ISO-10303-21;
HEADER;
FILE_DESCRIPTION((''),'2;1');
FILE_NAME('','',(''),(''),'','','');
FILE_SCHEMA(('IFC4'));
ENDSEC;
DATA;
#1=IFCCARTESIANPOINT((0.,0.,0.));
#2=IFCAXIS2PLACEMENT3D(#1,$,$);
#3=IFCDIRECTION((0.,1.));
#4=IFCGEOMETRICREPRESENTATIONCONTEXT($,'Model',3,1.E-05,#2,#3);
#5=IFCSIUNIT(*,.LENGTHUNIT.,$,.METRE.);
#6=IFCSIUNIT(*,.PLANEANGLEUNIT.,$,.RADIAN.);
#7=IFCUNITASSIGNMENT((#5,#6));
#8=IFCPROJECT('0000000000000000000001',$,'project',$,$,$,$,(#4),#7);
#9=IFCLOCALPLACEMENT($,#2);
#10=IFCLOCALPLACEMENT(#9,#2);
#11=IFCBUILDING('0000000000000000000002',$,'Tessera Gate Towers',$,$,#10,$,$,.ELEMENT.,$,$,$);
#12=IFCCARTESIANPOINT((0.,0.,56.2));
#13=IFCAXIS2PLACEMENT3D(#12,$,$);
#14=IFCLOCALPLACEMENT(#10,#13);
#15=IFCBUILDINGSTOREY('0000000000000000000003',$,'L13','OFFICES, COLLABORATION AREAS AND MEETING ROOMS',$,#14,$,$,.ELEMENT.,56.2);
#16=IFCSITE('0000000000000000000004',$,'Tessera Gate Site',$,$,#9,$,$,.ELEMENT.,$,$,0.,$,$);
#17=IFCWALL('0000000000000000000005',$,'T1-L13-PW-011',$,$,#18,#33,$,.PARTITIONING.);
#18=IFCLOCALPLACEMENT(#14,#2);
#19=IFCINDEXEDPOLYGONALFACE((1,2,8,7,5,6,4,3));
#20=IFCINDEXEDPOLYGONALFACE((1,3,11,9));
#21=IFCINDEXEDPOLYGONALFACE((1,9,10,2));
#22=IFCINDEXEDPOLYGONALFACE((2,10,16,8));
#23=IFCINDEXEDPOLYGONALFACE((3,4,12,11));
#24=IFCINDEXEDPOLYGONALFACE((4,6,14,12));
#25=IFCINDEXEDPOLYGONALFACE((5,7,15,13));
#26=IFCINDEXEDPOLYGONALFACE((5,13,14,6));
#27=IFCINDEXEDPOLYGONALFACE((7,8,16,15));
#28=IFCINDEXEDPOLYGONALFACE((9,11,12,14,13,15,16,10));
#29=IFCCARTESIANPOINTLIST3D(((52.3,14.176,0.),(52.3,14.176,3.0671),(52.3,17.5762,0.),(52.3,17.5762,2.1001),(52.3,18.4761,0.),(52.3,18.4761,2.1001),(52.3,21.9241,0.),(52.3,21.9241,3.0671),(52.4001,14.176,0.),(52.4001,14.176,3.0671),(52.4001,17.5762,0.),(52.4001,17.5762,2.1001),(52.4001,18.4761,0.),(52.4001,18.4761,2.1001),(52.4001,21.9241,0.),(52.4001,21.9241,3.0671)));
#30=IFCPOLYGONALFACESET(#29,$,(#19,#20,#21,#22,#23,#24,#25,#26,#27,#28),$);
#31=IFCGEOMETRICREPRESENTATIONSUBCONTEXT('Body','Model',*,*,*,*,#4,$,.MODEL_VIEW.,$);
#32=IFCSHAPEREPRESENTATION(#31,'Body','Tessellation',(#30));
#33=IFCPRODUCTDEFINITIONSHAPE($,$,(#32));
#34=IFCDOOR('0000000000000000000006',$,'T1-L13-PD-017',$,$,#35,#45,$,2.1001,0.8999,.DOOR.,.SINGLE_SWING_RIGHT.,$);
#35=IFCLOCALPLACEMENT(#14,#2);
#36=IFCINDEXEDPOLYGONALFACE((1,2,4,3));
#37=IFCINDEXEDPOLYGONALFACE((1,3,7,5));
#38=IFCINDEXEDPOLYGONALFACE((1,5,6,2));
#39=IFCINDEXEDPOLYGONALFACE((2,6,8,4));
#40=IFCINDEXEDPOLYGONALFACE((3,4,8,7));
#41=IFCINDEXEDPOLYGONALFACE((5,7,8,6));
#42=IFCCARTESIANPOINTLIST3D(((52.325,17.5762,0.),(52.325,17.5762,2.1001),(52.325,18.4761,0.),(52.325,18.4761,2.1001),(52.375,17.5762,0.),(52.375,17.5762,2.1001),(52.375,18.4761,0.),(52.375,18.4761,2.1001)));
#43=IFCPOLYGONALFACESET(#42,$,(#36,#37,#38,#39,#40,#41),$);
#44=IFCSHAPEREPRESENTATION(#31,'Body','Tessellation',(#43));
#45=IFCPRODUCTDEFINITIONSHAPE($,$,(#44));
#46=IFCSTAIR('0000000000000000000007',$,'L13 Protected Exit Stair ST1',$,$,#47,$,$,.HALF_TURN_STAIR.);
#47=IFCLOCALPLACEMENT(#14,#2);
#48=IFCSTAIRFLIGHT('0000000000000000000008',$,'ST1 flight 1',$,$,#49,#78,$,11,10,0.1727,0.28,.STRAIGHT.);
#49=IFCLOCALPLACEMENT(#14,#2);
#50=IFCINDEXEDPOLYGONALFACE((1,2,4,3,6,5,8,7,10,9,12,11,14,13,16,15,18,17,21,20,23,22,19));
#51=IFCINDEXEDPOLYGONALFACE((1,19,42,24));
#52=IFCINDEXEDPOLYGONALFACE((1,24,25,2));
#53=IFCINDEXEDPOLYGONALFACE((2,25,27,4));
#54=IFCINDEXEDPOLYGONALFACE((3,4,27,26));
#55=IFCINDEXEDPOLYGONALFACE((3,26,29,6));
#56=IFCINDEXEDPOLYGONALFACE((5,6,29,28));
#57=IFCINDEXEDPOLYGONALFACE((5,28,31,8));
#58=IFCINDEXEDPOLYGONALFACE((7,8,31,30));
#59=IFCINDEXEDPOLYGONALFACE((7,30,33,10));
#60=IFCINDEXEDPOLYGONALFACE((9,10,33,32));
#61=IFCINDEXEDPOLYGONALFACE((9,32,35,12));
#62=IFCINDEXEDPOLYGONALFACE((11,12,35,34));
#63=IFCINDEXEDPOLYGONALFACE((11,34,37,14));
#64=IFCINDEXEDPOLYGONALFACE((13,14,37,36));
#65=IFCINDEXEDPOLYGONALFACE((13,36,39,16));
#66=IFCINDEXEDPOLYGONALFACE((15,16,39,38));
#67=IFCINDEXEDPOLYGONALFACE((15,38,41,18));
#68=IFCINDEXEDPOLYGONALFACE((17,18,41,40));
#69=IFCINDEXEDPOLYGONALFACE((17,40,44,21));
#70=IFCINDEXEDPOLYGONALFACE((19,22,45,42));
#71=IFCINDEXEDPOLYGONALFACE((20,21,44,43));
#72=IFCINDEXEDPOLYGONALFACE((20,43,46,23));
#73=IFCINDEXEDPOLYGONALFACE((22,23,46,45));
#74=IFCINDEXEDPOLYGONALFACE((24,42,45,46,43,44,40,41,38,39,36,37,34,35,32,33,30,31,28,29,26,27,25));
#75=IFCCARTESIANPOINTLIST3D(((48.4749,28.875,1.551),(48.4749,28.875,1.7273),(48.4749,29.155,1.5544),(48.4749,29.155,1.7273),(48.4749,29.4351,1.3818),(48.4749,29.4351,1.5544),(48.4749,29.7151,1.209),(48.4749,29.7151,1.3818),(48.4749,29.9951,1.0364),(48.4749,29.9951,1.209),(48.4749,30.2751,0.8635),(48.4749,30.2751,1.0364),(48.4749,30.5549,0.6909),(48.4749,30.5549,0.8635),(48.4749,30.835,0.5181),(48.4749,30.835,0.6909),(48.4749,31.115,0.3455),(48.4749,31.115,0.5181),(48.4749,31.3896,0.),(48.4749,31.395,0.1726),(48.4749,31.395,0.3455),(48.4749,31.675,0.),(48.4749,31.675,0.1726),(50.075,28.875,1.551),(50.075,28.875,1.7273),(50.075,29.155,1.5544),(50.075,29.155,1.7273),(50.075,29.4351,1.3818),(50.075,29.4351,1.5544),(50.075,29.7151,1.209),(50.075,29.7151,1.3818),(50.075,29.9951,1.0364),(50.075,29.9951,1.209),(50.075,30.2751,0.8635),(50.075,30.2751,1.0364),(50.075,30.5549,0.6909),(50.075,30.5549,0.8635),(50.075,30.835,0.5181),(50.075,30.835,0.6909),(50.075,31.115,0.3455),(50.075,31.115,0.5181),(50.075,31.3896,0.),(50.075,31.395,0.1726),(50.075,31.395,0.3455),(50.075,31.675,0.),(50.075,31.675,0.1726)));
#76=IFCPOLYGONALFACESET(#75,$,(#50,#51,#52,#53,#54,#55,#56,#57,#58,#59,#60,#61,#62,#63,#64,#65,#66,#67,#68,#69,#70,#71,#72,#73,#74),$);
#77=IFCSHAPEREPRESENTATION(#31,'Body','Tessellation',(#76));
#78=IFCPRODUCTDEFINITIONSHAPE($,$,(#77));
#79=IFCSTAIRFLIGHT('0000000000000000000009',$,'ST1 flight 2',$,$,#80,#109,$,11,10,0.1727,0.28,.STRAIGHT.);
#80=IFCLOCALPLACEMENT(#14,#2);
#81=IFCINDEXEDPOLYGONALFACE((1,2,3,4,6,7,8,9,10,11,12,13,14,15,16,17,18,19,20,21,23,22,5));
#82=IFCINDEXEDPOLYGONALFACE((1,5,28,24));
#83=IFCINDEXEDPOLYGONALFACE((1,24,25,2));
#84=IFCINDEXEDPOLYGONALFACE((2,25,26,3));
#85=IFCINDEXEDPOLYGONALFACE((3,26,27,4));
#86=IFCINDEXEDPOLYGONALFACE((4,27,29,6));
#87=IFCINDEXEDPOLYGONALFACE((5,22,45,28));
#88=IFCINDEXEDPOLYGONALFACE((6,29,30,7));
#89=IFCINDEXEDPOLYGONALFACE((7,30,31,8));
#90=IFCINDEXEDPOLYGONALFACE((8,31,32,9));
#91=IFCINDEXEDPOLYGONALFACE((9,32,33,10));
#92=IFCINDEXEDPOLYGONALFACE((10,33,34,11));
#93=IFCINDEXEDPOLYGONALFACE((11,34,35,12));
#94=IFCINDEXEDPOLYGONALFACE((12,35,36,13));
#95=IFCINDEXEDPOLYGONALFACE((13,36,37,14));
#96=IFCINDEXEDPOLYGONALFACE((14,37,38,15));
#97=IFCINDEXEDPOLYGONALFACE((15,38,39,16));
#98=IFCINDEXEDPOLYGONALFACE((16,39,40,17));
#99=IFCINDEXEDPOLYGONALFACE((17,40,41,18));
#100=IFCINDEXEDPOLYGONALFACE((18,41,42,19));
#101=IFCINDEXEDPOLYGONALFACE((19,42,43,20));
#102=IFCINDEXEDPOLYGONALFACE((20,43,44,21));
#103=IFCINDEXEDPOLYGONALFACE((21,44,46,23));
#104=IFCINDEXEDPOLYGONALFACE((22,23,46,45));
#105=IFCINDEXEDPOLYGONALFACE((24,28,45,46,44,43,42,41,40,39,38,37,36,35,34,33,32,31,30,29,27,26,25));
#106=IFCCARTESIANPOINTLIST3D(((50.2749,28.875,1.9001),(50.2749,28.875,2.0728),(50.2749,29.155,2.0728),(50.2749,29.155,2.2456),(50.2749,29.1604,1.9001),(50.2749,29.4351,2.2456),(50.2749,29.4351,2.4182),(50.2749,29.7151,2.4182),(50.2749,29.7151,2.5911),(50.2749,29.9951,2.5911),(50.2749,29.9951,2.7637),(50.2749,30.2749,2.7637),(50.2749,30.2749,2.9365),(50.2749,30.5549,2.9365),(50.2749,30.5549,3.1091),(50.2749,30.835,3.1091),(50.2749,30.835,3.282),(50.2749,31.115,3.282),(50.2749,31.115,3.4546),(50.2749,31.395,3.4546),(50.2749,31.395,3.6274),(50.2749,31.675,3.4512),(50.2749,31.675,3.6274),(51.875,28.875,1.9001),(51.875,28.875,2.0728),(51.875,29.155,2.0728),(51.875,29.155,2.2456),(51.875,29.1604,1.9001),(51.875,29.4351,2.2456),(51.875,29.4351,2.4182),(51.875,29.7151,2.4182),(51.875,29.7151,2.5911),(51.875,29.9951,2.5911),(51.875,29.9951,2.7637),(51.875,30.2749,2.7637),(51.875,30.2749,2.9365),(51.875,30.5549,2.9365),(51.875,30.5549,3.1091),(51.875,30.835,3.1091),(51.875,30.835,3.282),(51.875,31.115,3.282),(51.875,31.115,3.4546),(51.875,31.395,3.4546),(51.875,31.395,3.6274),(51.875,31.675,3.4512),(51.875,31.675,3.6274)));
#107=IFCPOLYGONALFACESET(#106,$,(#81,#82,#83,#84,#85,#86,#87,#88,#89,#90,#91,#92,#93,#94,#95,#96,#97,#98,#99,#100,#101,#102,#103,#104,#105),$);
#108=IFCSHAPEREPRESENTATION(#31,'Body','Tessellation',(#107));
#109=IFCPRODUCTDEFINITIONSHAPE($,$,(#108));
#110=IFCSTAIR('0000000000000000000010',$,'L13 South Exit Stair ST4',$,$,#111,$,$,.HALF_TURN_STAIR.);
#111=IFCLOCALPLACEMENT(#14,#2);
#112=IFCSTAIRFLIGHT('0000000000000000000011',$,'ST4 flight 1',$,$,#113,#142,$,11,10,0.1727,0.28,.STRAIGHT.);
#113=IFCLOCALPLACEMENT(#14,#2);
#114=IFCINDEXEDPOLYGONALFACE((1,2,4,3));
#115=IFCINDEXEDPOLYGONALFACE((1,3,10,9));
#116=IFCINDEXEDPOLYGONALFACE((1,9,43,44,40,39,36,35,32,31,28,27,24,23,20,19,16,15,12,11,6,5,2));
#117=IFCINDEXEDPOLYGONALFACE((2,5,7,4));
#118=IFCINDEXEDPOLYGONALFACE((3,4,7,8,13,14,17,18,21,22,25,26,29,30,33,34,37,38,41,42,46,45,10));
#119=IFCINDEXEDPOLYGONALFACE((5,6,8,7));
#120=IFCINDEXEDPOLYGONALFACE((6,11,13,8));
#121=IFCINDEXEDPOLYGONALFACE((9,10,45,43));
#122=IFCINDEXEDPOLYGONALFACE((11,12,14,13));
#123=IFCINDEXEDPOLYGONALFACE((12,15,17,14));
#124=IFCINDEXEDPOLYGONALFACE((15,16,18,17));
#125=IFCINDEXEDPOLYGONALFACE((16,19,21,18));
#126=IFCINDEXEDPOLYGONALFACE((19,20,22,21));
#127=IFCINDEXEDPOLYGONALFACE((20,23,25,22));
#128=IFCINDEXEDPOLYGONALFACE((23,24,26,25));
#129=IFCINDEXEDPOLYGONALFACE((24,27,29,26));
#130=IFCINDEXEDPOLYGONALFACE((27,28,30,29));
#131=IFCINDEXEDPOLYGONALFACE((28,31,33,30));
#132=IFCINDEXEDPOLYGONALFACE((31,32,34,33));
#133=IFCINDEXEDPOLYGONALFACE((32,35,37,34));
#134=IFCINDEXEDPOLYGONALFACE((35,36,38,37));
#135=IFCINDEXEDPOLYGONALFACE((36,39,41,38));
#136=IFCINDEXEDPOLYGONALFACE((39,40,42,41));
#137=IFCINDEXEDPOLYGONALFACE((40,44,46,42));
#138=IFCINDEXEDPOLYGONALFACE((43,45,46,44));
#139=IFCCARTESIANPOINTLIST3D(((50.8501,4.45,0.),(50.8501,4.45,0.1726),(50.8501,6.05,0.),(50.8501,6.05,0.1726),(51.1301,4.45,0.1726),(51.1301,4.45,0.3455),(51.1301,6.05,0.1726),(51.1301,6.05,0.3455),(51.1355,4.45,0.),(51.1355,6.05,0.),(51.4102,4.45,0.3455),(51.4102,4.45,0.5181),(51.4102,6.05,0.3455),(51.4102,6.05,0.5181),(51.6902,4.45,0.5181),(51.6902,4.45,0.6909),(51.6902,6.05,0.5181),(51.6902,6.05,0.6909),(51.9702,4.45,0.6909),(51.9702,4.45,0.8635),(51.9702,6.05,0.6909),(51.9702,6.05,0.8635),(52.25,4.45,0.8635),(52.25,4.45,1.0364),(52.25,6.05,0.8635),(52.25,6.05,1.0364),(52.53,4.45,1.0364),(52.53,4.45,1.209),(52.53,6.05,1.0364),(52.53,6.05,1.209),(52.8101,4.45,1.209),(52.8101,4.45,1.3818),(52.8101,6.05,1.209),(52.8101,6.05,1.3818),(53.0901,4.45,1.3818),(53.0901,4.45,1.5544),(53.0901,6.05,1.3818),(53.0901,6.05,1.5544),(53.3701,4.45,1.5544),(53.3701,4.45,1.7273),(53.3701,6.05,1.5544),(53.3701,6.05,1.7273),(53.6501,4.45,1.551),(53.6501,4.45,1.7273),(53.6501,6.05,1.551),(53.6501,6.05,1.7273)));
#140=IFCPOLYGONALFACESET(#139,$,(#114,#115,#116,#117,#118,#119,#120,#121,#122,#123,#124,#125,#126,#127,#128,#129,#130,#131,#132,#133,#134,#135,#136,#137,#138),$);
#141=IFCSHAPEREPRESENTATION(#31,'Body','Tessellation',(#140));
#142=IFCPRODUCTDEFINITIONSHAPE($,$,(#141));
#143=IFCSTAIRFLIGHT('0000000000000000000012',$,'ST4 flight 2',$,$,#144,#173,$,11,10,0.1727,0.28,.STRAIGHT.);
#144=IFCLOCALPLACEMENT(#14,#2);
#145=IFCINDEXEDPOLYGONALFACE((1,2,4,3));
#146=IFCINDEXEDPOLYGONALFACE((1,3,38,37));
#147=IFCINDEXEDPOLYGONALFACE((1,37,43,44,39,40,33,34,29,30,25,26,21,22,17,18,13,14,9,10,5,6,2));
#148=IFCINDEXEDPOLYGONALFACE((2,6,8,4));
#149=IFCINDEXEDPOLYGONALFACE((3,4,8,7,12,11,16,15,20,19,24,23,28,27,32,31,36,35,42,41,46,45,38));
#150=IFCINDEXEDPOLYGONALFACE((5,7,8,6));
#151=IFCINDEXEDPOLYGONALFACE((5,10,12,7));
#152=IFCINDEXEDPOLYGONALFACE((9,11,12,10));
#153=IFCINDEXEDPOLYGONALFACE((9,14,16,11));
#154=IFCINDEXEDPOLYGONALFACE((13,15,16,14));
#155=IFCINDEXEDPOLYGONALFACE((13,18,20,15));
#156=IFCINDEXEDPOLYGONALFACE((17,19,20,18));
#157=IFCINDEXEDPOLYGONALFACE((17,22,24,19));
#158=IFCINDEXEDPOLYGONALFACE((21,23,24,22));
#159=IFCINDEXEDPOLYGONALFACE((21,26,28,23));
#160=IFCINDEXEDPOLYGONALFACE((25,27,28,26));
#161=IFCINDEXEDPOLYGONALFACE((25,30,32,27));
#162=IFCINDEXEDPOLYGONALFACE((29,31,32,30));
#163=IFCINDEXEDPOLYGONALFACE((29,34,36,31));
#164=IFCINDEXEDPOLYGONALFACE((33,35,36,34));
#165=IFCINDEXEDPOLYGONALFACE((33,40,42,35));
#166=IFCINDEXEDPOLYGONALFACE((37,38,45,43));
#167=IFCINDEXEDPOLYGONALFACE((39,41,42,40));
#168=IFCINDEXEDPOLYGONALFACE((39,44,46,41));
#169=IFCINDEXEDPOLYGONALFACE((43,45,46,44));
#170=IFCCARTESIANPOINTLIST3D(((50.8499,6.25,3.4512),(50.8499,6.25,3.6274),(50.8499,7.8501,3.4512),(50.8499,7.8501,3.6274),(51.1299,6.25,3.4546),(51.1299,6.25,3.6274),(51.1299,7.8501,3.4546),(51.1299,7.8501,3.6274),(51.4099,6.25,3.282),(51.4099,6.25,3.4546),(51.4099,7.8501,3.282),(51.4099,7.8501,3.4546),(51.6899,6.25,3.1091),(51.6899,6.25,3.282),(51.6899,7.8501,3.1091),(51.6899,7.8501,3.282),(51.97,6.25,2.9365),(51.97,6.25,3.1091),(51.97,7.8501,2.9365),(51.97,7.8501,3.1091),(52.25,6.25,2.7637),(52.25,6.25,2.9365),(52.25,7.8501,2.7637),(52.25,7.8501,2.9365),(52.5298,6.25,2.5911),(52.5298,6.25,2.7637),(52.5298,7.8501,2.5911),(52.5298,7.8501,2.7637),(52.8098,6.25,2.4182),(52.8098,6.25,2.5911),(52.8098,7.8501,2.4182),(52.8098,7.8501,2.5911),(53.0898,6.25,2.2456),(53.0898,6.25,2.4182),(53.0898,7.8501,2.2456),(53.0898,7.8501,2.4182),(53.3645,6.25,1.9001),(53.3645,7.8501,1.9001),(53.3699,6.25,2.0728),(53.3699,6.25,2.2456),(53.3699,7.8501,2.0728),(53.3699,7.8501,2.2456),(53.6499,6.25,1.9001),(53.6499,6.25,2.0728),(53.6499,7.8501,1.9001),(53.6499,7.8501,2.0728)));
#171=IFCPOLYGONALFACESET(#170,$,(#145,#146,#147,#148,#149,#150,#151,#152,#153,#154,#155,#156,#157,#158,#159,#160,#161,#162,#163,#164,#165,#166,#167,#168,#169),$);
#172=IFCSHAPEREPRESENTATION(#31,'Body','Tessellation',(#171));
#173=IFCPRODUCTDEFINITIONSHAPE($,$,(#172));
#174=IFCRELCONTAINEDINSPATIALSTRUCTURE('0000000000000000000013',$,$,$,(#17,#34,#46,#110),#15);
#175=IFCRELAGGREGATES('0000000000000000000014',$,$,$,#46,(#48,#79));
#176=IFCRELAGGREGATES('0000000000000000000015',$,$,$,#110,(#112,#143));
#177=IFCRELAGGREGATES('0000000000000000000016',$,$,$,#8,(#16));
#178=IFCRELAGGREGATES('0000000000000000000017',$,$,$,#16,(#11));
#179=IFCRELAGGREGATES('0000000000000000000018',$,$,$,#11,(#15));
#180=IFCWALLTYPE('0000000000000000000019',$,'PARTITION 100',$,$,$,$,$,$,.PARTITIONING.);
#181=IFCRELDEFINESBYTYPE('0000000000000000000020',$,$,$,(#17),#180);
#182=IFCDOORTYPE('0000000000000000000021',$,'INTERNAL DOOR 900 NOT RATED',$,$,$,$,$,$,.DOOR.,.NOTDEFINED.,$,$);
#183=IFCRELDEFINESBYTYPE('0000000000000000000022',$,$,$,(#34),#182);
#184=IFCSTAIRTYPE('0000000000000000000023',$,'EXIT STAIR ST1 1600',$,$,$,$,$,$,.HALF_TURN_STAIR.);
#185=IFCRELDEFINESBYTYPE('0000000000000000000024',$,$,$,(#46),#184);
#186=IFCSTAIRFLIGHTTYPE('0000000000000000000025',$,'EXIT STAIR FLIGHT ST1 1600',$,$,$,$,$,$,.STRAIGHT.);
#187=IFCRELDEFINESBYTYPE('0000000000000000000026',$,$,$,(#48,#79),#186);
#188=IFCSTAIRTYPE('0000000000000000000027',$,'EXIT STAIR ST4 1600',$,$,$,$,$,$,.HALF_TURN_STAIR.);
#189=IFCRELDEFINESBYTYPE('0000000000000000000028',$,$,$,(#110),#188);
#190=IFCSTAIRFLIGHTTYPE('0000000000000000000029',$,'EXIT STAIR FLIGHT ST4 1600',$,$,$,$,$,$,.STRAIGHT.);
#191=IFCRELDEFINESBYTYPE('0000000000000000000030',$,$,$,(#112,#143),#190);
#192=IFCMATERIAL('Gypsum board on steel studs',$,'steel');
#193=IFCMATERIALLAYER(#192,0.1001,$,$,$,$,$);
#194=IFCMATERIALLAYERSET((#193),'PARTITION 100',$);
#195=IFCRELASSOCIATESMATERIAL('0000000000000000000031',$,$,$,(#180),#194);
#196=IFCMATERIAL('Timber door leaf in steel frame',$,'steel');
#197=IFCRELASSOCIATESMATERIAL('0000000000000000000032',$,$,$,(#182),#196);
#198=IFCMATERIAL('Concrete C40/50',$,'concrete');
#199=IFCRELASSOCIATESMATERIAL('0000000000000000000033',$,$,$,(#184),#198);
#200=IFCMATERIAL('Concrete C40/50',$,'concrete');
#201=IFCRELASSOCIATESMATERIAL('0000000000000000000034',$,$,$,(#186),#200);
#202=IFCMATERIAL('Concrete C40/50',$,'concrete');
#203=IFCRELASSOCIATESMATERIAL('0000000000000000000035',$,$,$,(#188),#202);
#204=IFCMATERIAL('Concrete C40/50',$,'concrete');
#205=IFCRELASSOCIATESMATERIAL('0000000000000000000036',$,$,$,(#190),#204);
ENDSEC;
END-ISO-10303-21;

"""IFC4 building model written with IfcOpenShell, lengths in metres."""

from ifc_helpers import new_model, si_unit, direction, frame, frame_2d, origin, place, context, subcontext, project, spatial, polyline, rectangle, outline, extrude, source, transform, mapped, material, layer, layer_set, type_object, element, fill, aggregate, save


model = new_model("IFC4")

# Units and contexts
model_context = context("Model", 3, precision=1e-05, world=origin(), true_north=direction((0.0, 1.0)))
body_context = subcontext(model_context, "Body", "Model", "MODEL_VIEW")
ifc_project = project(units=[si_unit("LENGTHUNIT", "METRE"), si_unit("PLANEANGLEUNIT", "RADIAN")], contexts=[model_context])

# Site, building, storey
site_placement = place(None, origin())
site = spatial("IfcSite", under=ifc_project, at=site_placement, Name="Tessera Gate Site", CompositionType="ELEMENT", RefElevation=0.0)
building_placement = place(site_placement, origin())
building = spatial("IfcBuilding", under=site, at=building_placement, Name="Tessera Gate Towers", CompositionType="ELEMENT")
storey_placement = place(building_placement, frame((0.0, 0.0, 56.2)))
storey = spatial("IfcBuildingStorey", under=building, at=storey_placement, Name="L13", Description="OFFICES, COLLABORATION AREAS AND MEETING ROOMS", CompositionType="ELEMENT", Elevation=56.2)

# Wall, opening, door
shared_shape_1 = source(origin(), body_context, "Body", "SweptSolid", [
    extrude(rectangle(XDim=0.8999, YDim=2.1001, at=frame_2d((0.45, 1.05))), frame((0.0, 0.0601, 0.0), z_axis=(0.0, -1.0, 0.0), x_axis=(1.0, 0.0, 0.0)), (0.0, 0.0, 1.0), 0.1201),
])
shared_shape_2 = source(origin(), body_context, "Body", "SweptSolid", [
    extrude(rectangle(XDim=0.8999, YDim=2.1001, at=frame_2d((0.45, 1.05))), frame((0.0, 0.0249, 0.0), z_axis=(0.0, -1.0, 0.0), x_axis=(1.0, 0.0, 0.0)), (0.0, 0.0, 1.0), 0.05),
])
ifc_material_1 = material(Name="Gypsum board on steel studs", Category="steel")
ifc_layer_1 = layer(ifc_material_1, 0.1001)
ifc_layer_set_1 = layer_set([ifc_layer_1], Name="PARTITION 100")
wall_type_1 = type_object("IfcWallType", Name="PARTITION 100", PredefinedType="PARTITIONING", material=ifc_layer_set_1)
wall_1_placement = place(storey_placement, frame((52.3501, 21.9241, 0.0), z_axis=(0.0, 0.0, 1.0), x_axis=(0.0, -1.0, 0.0)))
wall_1 = element("IfcWall", 1, at=wall_1_placement, inside=storey, type_object=wall_type_1, Name="T1-L13-PW-011", PredefinedType="PARTITIONING", context=body_context, shape_type="SweptSolid", body=[
    extrude(rectangle(XDim=7.748, YDim=0.1001, at=frame_2d((3.874, 0.0))), origin(), (0.0, 0.0, 1.0), 3.0671),
])
opening_1_placement = place(wall_1_placement, frame((3.448, 0.0, 0.0)))
opening_1 = element("IfcOpeningElement", 2, at=opening_1_placement, cuts=wall_1, PredefinedType="OPENING", context=body_context, shape_type="MappedRepresentation", body=[
    mapped(shared_shape_1, transform((0.0, 0.0, 0.0), scale=1.0)),
])
ifc_material_2 = material(Name="Timber door leaf in steel frame", Category="steel")
door_type_1 = type_object("IfcDoorType", Name="INTERNAL DOOR 900 NOT RATED", OperationType="NOTDEFINED", PredefinedType="DOOR", material=ifc_material_2)
door_1_placement = place(opening_1_placement, origin())
door_1 = element("IfcDoor", 3, at=door_1_placement, inside=storey, type_object=door_type_1, Name="T1-L13-PD-017", OperationType="SINGLE_SWING_RIGHT", OverallHeight=2.1001, OverallWidth=0.8999, PredefinedType="DOOR", context=body_context, shape_type="MappedRepresentation", body=[
    mapped(shared_shape_2, transform((0.0, 0.0, 0.0), scale=1.0)),
])
fill(opening_1, door_1)

# Stairs, stair flights
ifc_material_3 = material(Name="Concrete C40/50", Category="concrete")
stair_type_1 = type_object("IfcStairType", Name="EXIT STAIR ST1 1600", PredefinedType="HALF_TURN_STAIR", material=ifc_material_3)
stair_1_placement = place(storey_placement, origin())
stair_1 = element("IfcStair", 4, at=stair_1_placement, inside=storey, type_object=stair_type_1, Name="L13 Protected Exit Stair ST1", PredefinedType="HALF_TURN_STAIR")
ifc_material_4 = material(Name="Concrete C40/50", Category="concrete")
stair_flight_type_1 = type_object("IfcStairFlightType", Name="EXIT STAIR FLIGHT ST1 1600", PredefinedType="STRAIGHT", material=ifc_material_4)
stair_flight_1_placement = place(storey_placement, frame((49.2749, 31.675, 0.0), z_axis=(0.0, 0.0, 1.0), x_axis=(0.0, -1.0, 0.0)))
stair_flight_1 = element("IfcStairFlight", 5, at=stair_flight_1_placement, type_object=stair_flight_type_1, Name="ST1 flight 1", NumberOfRisers=11, NumberOfTreads=10, PredefinedType="STRAIGHT", RiserHeight=0.1727, TreadLength=0.28, context=body_context, shape_type="SweptSolid", body=[
    extrude(outline(polyline([(0.0, 0.0), (0.0, 0.1726), (0.28, 0.1726), (0.28, 0.3455), (0.5601, 0.3455), (0.5601, 0.5181), (0.8401, 0.5181), (0.8401, 0.6909), (1.1201, 0.6909), (1.1201, 0.8635), (1.3999, 0.8635), (1.3999, 1.0364), (1.6799, 1.0364), (1.6799, 1.209), (1.96, 1.209), (1.96, 1.3818), (2.24, 1.3818), (2.24, 1.5544), (2.52, 1.5544), (2.52, 1.7273), (2.8, 1.7273), (2.8, 1.8999), (2.8, 1.551), (0.2854, 0.0), (0.0, 0.0)])), frame((0.0, 0.8, 0.0), z_axis=(0.0, -1.0, 0.0), x_axis=(1.0, 0.0, 0.0)), (0.0, 0.0, 1.0), 1.6001),
])
stair_flight_2_placement = place(storey_placement, frame((51.075, 28.875, 1.9001), z_axis=(0.0, 0.0, 1.0), x_axis=(0.0, 1.0, 0.0)))
stair_flight_2 = element("IfcStairFlight", 6, at=stair_flight_2_placement, type_object=stair_flight_type_1, Name="ST1 flight 2", NumberOfRisers=11, NumberOfTreads=10, PredefinedType="STRAIGHT", RiserHeight=0.1727, TreadLength=0.28, context=body_context, shape_type="SweptSolid", body=[
    extrude(outline(polyline([(0.0, 0.0), (0.0, 0.1726), (0.28, 0.1726), (0.28, 0.3455), (0.5601, 0.3455), (0.5601, 0.5181), (0.8401, 0.5181), (0.8401, 0.6909), (1.1201, 0.6909), (1.1201, 0.8635), (1.3999, 0.8635), (1.3999, 1.0364), (1.6799, 1.0364), (1.6799, 1.209), (1.96, 1.209), (1.96, 1.3818), (2.24, 1.3818), (2.24, 1.5544), (2.52, 1.5544), (2.52, 1.7273), (2.8, 1.7273), (2.8, 1.8999), (2.8, 1.551), (0.2854, 0.0), (0.0, 0.0)])), frame((0.0, 0.8, 0.0), z_axis=(0.0, -1.0, 0.0), x_axis=(1.0, 0.0, 0.0)), (0.0, 0.0, 1.0), 1.6001),
])
aggregate(stair_1, [stair_flight_1, stair_flight_2])
ifc_material_5 = material(Name="Concrete C40/50", Category="concrete")
stair_type_2 = type_object("IfcStairType", Name="EXIT STAIR ST4 1600", PredefinedType="HALF_TURN_STAIR", material=ifc_material_5)
stair_2_placement = place(storey_placement, origin())
stair_2 = element("IfcStair", 7, at=stair_2_placement, inside=storey, type_object=stair_type_2, Name="L13 South Exit Stair ST4", PredefinedType="HALF_TURN_STAIR")
ifc_material_6 = material(Name="Concrete C40/50", Category="concrete")
stair_flight_type_2 = type_object("IfcStairFlightType", Name="EXIT STAIR FLIGHT ST4 1600", PredefinedType="STRAIGHT", material=ifc_material_6)
stair_flight_3_placement = place(storey_placement, frame((50.8501, 5.25, 0.0), z_axis=(0.0, 0.0, 1.0), x_axis=(1.0, 0.0, 0.0)))
stair_flight_3 = element("IfcStairFlight", 8, at=stair_flight_3_placement, type_object=stair_flight_type_2, Name="ST4 flight 1", NumberOfRisers=11, NumberOfTreads=10, PredefinedType="STRAIGHT", RiserHeight=0.1727, TreadLength=0.28, context=body_context, shape_type="SweptSolid", body=[
    extrude(outline(polyline([(0.0, 0.0), (0.0, 0.1726), (0.28, 0.1726), (0.28, 0.3455), (0.5601, 0.3455), (0.5601, 0.5181), (0.8401, 0.5181), (0.8401, 0.6909), (1.1201, 0.6909), (1.1201, 0.8635), (1.3999, 0.8635), (1.3999, 1.0364), (1.6799, 1.0364), (1.6799, 1.209), (1.96, 1.209), (1.96, 1.3818), (2.24, 1.3818), (2.24, 1.5544), (2.52, 1.5544), (2.52, 1.7273), (2.8, 1.7273), (2.8, 1.8999), (2.8, 1.551), (0.2854, 0.0), (0.0, 0.0)])), frame((0.0, 0.8, 0.0), z_axis=(0.0, -1.0, 0.0), x_axis=(1.0, 0.0, 0.0)), (0.0, 0.0, 1.0), 1.6001),
])
stair_flight_4_placement = place(storey_placement, frame((53.6499, 7.05, 1.9001), z_axis=(0.0, 0.0, 1.0), x_axis=(-1.0, 0.0, 0.0)))
stair_flight_4 = element("IfcStairFlight", 9, at=stair_flight_4_placement, type_object=stair_flight_type_2, Name="ST4 flight 2", NumberOfRisers=11, NumberOfTreads=10, PredefinedType="STRAIGHT", RiserHeight=0.1727, TreadLength=0.28, context=body_context, shape_type="SweptSolid", body=[
    extrude(outline(polyline([(0.0, 0.0), (0.0, 0.1726), (0.28, 0.1726), (0.28, 0.3455), (0.5601, 0.3455), (0.5601, 0.5181), (0.8401, 0.5181), (0.8401, 0.6909), (1.1201, 0.6909), (1.1201, 0.8635), (1.3999, 0.8635), (1.3999, 1.0364), (1.6799, 1.0364), (1.6799, 1.209), (1.96, 1.209), (1.96, 1.3818), (2.24, 1.3818), (2.24, 1.5544), (2.52, 1.5544), (2.52, 1.7273), (2.8, 1.7273), (2.8, 1.8999), (2.8, 1.551), (0.2854, 0.0), (0.0, 0.0)])), frame((0.0, 0.8, 0.0), z_axis=(0.0, -1.0, 0.0), x_axis=(1.0, 0.0, 0.0)), (0.0, 0.0, 1.0), 1.6001),
])
aggregate(stair_2, [stair_flight_3, stair_flight_4])

save(model, "model.ifc")
